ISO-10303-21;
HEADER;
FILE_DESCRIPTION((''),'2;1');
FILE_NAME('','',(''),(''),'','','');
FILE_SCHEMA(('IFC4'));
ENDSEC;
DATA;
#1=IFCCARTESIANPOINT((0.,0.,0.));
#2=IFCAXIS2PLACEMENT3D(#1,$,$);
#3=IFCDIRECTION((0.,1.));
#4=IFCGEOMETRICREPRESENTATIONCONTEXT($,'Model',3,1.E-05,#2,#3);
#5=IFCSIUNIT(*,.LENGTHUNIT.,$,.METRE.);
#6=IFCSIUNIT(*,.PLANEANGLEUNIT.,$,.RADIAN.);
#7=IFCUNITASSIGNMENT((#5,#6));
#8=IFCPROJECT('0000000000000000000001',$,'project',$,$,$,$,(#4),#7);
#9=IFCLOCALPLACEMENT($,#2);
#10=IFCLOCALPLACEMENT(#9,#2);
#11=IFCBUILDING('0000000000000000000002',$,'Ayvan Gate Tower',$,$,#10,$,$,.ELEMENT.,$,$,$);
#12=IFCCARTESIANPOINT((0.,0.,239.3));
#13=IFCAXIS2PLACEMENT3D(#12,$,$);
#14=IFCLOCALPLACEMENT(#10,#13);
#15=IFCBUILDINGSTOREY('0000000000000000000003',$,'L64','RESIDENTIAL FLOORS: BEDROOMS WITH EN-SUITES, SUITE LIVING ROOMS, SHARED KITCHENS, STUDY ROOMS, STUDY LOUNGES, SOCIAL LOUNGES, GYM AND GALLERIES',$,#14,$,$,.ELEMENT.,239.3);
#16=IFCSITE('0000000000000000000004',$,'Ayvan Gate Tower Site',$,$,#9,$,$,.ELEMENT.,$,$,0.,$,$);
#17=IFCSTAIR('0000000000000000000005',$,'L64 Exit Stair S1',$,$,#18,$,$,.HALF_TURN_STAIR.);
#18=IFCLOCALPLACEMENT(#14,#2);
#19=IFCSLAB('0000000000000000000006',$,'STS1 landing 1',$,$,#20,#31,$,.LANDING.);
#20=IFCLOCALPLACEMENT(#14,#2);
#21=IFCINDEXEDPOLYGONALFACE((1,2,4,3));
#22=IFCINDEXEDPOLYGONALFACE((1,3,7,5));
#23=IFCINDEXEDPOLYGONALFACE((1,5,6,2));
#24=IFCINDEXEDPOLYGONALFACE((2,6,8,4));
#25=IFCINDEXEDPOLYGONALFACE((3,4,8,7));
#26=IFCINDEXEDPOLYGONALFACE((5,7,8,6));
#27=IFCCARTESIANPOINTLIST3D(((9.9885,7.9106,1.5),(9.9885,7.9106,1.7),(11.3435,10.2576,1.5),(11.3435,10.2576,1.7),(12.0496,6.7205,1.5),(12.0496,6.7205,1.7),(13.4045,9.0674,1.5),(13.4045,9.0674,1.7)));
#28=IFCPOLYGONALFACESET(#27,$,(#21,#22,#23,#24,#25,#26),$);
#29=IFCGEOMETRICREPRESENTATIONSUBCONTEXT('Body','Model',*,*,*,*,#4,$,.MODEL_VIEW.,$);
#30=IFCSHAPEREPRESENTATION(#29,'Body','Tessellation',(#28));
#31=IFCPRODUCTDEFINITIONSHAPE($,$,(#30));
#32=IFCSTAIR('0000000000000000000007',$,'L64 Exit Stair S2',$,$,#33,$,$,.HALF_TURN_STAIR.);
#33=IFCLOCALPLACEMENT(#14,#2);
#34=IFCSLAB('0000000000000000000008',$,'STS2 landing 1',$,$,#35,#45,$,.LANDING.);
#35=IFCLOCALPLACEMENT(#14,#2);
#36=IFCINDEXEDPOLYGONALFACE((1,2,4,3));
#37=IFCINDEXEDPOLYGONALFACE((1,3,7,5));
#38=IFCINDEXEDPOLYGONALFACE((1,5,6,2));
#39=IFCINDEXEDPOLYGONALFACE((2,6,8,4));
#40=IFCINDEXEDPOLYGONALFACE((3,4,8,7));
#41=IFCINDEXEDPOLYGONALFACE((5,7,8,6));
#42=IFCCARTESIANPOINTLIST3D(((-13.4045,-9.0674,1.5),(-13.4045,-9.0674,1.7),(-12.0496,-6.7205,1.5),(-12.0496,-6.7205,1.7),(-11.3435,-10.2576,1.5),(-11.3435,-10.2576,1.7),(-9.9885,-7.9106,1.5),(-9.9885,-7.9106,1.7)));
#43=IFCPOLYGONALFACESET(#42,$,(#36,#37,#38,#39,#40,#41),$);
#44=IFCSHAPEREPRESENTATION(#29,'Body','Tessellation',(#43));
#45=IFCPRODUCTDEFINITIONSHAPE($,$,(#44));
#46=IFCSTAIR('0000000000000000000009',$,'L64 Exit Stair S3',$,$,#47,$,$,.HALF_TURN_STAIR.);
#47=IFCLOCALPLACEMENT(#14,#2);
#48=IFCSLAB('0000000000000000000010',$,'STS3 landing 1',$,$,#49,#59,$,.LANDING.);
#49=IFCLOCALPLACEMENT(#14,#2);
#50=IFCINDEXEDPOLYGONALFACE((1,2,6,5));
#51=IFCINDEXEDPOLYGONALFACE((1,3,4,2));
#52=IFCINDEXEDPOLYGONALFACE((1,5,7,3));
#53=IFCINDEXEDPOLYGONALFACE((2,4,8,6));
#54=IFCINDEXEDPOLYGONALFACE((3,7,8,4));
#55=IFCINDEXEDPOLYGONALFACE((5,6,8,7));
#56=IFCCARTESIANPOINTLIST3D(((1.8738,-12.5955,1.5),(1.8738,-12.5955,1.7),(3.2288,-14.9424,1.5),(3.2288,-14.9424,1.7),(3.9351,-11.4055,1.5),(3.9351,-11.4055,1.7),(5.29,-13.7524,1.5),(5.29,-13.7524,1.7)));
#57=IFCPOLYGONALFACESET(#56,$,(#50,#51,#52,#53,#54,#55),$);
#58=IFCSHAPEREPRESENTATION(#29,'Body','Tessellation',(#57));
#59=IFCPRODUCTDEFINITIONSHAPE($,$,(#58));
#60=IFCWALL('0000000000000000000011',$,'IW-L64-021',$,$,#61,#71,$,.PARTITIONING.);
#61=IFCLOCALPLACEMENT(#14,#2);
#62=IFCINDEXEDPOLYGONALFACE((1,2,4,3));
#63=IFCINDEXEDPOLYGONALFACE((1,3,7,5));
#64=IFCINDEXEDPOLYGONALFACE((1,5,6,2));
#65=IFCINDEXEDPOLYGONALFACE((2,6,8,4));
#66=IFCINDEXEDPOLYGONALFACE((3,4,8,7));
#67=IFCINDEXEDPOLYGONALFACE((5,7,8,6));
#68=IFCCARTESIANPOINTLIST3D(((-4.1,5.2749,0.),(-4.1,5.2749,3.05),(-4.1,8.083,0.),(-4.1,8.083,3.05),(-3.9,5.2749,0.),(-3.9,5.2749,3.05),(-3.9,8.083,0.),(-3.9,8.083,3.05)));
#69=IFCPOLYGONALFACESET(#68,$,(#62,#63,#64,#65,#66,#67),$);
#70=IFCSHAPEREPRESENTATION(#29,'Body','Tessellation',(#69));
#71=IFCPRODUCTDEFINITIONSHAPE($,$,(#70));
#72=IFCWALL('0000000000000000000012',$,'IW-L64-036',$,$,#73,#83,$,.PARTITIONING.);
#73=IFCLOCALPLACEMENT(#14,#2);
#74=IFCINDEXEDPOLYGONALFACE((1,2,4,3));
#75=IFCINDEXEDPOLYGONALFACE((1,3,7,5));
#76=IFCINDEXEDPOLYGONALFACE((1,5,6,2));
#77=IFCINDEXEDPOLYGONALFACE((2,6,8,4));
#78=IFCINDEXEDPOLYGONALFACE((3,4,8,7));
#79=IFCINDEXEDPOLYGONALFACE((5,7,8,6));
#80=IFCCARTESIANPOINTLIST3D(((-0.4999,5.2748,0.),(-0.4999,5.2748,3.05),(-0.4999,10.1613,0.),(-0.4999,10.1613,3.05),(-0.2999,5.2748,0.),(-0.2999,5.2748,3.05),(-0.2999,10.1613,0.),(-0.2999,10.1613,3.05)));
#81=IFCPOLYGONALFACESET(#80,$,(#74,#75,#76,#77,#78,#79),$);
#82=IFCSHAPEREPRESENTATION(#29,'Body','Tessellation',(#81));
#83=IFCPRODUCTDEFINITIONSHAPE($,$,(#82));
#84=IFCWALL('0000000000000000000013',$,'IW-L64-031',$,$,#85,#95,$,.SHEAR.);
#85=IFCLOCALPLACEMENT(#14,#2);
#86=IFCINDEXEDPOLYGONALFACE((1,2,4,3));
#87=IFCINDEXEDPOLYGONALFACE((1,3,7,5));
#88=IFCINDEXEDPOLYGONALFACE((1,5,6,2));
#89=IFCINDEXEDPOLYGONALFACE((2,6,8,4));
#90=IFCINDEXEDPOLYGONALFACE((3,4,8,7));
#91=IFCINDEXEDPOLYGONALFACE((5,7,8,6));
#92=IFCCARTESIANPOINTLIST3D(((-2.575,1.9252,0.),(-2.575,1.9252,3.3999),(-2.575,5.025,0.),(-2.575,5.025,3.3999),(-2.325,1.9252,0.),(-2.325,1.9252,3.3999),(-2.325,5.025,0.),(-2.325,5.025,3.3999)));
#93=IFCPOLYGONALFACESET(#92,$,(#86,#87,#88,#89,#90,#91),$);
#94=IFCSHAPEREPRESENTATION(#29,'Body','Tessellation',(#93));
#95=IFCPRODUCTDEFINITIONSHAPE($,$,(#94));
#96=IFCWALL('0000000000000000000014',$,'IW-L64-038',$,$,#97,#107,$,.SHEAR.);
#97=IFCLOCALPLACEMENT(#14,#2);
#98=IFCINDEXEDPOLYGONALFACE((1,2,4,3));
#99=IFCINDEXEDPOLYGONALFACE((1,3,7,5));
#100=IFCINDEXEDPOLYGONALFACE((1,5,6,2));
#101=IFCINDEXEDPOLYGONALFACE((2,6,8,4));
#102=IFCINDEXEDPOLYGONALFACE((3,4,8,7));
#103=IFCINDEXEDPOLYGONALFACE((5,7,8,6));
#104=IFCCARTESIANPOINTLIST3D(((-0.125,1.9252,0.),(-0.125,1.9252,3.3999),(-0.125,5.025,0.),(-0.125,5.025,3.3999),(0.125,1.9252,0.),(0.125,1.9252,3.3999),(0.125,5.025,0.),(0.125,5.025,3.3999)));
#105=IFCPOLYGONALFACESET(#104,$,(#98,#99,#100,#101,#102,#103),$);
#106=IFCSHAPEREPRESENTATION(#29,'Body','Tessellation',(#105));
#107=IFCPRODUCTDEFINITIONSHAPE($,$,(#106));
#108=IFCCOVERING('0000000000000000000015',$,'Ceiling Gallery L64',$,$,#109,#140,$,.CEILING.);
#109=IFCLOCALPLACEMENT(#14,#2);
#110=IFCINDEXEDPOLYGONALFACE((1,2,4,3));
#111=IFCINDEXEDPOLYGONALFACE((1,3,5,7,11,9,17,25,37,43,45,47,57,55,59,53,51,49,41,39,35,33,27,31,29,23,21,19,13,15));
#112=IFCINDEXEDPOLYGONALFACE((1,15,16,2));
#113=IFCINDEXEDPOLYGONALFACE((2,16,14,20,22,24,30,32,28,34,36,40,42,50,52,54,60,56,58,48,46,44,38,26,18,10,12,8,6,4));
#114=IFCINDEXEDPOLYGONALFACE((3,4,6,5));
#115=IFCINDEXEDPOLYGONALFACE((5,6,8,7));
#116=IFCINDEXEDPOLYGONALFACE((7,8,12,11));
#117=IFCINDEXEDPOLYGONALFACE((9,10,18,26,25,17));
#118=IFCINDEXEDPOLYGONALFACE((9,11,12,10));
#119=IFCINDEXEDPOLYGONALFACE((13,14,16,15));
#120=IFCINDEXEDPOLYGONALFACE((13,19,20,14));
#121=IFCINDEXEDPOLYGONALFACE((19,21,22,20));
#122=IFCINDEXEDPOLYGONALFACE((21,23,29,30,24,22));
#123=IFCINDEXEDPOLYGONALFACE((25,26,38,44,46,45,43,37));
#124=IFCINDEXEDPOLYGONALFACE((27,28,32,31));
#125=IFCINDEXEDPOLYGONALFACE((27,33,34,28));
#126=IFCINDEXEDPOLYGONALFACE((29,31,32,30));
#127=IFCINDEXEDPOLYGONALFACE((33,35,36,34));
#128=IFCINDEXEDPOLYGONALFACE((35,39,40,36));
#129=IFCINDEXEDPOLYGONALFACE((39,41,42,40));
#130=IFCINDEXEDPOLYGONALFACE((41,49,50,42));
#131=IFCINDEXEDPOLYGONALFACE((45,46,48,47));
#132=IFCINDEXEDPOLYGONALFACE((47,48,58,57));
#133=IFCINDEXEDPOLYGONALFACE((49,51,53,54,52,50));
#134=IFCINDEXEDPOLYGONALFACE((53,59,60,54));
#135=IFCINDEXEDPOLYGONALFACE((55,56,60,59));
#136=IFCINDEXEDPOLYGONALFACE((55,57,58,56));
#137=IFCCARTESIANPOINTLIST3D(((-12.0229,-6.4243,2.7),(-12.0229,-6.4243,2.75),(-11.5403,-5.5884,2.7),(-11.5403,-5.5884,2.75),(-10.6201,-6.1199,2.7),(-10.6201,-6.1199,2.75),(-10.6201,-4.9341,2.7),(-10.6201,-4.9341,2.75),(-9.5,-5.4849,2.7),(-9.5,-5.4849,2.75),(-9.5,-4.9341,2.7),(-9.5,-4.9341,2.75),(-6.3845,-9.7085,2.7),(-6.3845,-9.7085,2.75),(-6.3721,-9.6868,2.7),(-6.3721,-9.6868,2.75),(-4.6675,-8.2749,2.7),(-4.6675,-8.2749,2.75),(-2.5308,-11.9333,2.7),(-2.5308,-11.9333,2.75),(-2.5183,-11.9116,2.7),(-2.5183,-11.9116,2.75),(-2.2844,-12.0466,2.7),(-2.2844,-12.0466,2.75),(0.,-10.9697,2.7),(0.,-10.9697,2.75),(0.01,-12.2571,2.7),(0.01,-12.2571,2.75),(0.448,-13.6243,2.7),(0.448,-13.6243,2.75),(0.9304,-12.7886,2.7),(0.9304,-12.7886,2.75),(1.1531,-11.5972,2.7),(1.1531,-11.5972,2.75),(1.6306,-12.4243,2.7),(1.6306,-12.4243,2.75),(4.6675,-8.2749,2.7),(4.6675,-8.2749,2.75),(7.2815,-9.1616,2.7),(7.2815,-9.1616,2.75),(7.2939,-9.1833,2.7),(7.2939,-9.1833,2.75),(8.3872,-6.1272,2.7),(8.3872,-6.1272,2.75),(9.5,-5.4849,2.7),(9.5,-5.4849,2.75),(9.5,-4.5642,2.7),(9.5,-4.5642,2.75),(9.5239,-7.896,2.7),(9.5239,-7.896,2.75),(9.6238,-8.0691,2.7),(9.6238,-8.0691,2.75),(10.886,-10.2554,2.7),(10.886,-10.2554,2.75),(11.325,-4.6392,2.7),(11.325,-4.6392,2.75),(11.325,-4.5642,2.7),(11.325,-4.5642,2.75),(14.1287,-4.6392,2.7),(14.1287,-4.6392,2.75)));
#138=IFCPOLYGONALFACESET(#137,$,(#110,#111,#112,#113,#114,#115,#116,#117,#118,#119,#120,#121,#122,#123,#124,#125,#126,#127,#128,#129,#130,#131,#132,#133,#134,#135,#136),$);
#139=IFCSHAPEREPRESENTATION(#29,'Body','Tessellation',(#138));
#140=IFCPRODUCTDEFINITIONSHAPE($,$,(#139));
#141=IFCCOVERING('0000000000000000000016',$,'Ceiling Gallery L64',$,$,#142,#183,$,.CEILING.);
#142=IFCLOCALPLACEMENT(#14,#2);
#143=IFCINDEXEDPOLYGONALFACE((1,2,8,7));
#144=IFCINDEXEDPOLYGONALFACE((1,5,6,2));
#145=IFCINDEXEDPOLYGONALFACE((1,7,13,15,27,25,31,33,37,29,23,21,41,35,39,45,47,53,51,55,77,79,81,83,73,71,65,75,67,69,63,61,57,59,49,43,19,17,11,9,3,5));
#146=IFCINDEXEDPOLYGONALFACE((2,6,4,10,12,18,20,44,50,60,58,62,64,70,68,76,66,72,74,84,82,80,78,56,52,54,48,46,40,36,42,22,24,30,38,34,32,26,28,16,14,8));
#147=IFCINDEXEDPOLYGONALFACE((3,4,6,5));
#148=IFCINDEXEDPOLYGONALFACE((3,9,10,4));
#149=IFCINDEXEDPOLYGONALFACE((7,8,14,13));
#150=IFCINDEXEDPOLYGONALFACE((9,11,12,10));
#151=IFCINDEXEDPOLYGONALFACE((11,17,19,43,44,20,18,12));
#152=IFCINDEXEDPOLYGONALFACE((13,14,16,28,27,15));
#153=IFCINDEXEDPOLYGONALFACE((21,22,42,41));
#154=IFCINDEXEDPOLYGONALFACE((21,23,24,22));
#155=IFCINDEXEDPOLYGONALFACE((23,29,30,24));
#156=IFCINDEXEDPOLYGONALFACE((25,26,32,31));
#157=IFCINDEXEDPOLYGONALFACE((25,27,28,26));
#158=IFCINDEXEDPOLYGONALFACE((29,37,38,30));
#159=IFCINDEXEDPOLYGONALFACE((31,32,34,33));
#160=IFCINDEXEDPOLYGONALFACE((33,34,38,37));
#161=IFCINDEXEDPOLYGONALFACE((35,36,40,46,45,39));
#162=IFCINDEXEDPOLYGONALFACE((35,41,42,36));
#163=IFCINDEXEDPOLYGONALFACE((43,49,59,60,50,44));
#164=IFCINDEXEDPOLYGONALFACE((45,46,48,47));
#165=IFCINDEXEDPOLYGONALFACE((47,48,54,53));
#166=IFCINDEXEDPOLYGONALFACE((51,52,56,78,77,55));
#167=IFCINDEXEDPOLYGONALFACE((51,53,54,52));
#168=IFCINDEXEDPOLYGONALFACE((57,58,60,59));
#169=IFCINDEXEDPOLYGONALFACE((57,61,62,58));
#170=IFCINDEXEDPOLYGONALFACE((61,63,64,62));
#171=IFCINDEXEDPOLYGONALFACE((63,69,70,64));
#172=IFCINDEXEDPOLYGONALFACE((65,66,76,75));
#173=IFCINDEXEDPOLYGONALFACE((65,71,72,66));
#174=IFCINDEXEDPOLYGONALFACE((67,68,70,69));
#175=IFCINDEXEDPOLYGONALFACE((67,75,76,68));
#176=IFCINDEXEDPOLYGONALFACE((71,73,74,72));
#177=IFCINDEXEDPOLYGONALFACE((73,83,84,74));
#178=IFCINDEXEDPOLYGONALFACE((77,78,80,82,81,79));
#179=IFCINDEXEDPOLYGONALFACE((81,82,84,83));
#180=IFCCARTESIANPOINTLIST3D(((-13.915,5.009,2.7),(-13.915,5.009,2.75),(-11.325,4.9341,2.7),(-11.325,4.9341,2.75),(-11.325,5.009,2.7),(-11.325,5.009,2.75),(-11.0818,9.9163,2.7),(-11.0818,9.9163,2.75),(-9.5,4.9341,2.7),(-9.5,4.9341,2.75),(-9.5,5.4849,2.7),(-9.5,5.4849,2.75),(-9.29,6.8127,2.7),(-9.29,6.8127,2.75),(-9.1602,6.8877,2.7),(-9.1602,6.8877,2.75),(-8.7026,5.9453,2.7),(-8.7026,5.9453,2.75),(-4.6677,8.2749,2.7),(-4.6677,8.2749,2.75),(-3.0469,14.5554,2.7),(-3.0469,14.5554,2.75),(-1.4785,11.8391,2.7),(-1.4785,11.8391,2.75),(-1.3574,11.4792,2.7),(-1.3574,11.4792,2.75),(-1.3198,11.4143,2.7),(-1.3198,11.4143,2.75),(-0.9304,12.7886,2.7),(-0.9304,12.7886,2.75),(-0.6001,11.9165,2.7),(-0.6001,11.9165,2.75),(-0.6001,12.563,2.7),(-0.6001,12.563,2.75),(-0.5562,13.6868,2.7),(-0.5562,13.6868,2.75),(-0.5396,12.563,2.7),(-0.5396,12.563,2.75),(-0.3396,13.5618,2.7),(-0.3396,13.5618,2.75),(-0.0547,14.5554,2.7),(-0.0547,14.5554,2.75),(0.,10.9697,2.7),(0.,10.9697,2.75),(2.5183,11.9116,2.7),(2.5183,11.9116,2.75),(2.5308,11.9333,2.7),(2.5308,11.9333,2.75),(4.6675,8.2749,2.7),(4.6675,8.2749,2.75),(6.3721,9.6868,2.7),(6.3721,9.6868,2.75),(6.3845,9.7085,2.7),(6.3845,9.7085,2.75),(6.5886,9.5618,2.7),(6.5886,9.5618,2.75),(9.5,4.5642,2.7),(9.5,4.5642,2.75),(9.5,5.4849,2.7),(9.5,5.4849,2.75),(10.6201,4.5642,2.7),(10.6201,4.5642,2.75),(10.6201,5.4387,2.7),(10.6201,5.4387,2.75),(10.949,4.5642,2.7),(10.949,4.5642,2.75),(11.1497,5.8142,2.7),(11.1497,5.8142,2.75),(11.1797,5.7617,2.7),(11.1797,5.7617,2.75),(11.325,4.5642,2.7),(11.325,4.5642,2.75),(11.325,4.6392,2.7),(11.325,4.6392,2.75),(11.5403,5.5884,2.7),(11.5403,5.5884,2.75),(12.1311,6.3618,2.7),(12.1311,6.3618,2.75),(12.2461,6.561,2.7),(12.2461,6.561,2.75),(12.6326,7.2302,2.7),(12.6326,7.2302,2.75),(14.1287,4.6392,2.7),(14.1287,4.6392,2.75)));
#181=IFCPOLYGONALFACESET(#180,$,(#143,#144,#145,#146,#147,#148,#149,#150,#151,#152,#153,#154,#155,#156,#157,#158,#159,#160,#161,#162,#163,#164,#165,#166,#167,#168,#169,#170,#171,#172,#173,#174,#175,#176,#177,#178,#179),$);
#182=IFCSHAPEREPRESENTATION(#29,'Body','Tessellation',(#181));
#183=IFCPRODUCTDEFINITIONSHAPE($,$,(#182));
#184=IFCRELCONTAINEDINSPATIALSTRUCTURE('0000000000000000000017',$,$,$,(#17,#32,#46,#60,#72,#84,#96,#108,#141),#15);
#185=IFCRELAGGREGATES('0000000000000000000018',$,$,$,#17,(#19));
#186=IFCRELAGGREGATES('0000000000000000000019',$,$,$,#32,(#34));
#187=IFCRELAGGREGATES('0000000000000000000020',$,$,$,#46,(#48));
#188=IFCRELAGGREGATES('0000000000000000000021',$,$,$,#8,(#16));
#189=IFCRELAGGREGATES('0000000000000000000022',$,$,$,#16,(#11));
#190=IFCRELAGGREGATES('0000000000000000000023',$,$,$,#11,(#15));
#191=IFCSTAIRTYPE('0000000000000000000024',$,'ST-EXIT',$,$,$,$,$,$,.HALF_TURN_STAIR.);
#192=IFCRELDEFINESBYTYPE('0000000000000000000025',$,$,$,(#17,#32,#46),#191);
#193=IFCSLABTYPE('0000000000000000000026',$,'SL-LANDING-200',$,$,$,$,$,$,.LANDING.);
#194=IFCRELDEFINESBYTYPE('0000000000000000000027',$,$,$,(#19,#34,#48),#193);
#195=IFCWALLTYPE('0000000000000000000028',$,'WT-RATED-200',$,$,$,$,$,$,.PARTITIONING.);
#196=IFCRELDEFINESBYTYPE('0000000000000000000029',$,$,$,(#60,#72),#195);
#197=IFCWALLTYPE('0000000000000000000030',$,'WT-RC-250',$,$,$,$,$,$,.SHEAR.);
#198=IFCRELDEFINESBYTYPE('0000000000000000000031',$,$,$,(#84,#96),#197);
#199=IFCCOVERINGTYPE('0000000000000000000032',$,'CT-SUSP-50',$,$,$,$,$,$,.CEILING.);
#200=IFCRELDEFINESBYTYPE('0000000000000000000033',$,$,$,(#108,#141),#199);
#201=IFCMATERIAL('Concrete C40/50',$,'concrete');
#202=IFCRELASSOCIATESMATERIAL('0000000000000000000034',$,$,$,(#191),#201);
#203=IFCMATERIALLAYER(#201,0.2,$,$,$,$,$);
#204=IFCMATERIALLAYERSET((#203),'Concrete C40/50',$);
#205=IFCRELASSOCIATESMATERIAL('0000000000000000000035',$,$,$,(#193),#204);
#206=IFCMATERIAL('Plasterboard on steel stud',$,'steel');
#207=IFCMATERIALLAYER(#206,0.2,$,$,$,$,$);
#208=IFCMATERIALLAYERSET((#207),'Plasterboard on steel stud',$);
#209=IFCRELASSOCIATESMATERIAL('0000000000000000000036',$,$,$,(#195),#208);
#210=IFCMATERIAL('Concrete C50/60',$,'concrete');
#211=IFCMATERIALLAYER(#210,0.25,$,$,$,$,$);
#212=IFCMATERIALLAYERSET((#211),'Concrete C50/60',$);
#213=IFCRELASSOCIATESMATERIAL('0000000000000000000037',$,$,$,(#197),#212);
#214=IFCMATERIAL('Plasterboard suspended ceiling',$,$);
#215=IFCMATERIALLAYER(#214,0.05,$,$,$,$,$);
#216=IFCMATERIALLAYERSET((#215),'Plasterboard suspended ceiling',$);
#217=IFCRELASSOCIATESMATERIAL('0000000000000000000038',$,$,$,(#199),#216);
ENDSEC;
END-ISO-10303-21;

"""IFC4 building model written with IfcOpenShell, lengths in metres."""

from ifc_helpers import new_model, si_unit, direction, frame, frame_2d, origin, place, context, subcontext, project, spatial, polyline, rectangle, outline, extrude, material, layer, layer_set, type_object, element, aggregate, save


model = new_model("IFC4")

# Units and contexts
model_context = context("Model", 3, precision=1e-05, world=origin(), true_north=direction((0.0, 1.0)))
body_context = subcontext(model_context, "Body", "Model", "MODEL_VIEW")
ifc_project = project(units=[si_unit("LENGTHUNIT", "METRE"), si_unit("PLANEANGLEUNIT", "RADIAN")], contexts=[model_context])

# Site, building, storey
site_placement = place(None, origin())
site = spatial("IfcSite", under=ifc_project, at=site_placement, Name="Ayvan Gate Tower Site", CompositionType="ELEMENT", RefElevation=0.0)
building_placement = place(site_placement, origin())
building = spatial("IfcBuilding", under=site, at=building_placement, Name="Ayvan Gate Tower", CompositionType="ELEMENT")
storey_placement = place(building_placement, frame((0.0, 0.0, 239.3)))
storey = spatial("IfcBuildingStorey", under=building, at=storey_placement, Name="L64", Description="RESIDENTIAL FLOORS: BEDROOMS WITH EN-SUITES, SUITE LIVING ROOMS, SHARED KITCHENS, STUDY ROOMS, STUDY LOUNGES, SOCIAL LOUNGES, GYM AND GALLERIES", CompositionType="ELEMENT", Elevation=239.3)

# Stairs, slabs
ifc_material_1 = material(Name="Concrete C40/50", Category="concrete")
stair_type = type_object("IfcStairType", Name="ST-EXIT", PredefinedType="HALF_TURN_STAIR", material=ifc_material_1)
stair_1_placement = place(storey_placement, origin())
stair_1 = element("IfcStair", 1, at=stair_1_placement, inside=storey, type_object=stair_type, Name="L64 Exit Stair S1", PredefinedType="HALF_TURN_STAIR")
ifc_layer_1 = layer(ifc_material_1, 0.2)
ifc_layer_set_1 = layer_set([ifc_layer_1], Name="Concrete C40/50")
slab_type = type_object("IfcSlabType", Name="SL-LANDING-200", PredefinedType="LANDING", material=ifc_layer_set_1)
slab_1_placement = place(storey_placement, frame((0.0, 0.0, 1.5)))
slab_1 = element("IfcSlab", 2, at=slab_1_placement, type_object=slab_type, Name="STS1 landing 1", PredefinedType="LANDING", context=body_context, shape_type="SweptSolid", body=[
    extrude(outline(polyline([(9.9885, 7.9106), (12.0496, 6.7205), (13.4045, 9.0674), (11.3435, 10.2576), (9.9885, 7.9106)])), origin(), (0.0, 0.0, 1.0), 0.2),
])
aggregate(stair_1, [slab_1])
stair_2_placement = place(storey_placement, origin())
stair_2 = element("IfcStair", 3, at=stair_2_placement, inside=storey, type_object=stair_type, Name="L64 Exit Stair S2", PredefinedType="HALF_TURN_STAIR")
slab_2_placement = place(storey_placement, frame((0.0, 0.0, 1.5)))
slab_2 = element("IfcSlab", 4, at=slab_2_placement, type_object=slab_type, Name="STS2 landing 1", PredefinedType="LANDING", context=body_context, shape_type="SweptSolid", body=[
    extrude(outline(polyline([(-9.9885, -7.9106), (-12.0496, -6.7205), (-13.4045, -9.0674), (-11.3435, -10.2576), (-9.9885, -7.9106)])), origin(), (0.0, 0.0, 1.0), 0.2),
])
aggregate(stair_2, [slab_2])
stair_3_placement = place(storey_placement, origin())
stair_3 = element("IfcStair", 5, at=stair_3_placement, inside=storey, type_object=stair_type, Name="L64 Exit Stair S3", PredefinedType="HALF_TURN_STAIR")
slab_3_placement = place(storey_placement, frame((0.0, 0.0, 1.5)))
slab_3 = element("IfcSlab", 6, at=slab_3_placement, type_object=slab_type, Name="STS3 landing 1", PredefinedType="LANDING", context=body_context, shape_type="SweptSolid", body=[
    extrude(outline(polyline([(3.9351, -11.4055), (1.8738, -12.5955), (3.2288, -14.9424), (5.29, -13.7524), (3.9351, -11.4055)])), origin(), (0.0, 0.0, 1.0), 0.2),
])
aggregate(stair_3, [slab_3])

# Walls
ifc_material_2 = material(Name="Plasterboard on steel stud", Category="steel")
ifc_layer_2 = layer(ifc_material_2, 0.2)
ifc_layer_set_2 = layer_set([ifc_layer_2], Name="Plasterboard on steel stud")
wall_type_1 = type_object("IfcWallType", Name="WT-RATED-200", PredefinedType="PARTITIONING", material=ifc_layer_set_2)
wall_1_placement = place(storey_placement, frame((-4.0, 8.083, 0.0), z_axis=(0.0, 0.0, 1.0), x_axis=(0.0, -1.0, 0.0)))
element("IfcWall", 7, at=wall_1_placement, inside=storey, type_object=wall_type_1, Name="IW-L64-021", PredefinedType="PARTITIONING", context=body_context, shape_type="SweptSolid", body=[
    extrude(rectangle(XDim=2.8081, YDim=0.2, at=frame_2d((1.4041, 0.0))), origin(), (0.0, 0.0, 1.0), 3.05),
])
wall_2_placement = place(storey_placement, frame((-0.3999, 10.1614, 0.0), z_axis=(0.0, 0.0, 1.0), x_axis=(0.0, -1.0, 0.0)))
element("IfcWall", 8, at=wall_2_placement, inside=storey, type_object=wall_type_1, Name="IW-L64-036", PredefinedType="PARTITIONING", context=body_context, shape_type="SweptSolid", body=[
    extrude(rectangle(XDim=4.8865, YDim=0.2, at=frame_2d((2.4434, 0.0))), origin(), (0.0, 0.0, 1.0), 3.05),
])
ifc_material_3 = material(Name="Concrete C50/60", Category="concrete")
ifc_layer_3 = layer(ifc_material_3, 0.25)
ifc_layer_set_3 = layer_set([ifc_layer_3], Name="Concrete C50/60")
wall_type_2 = type_object("IfcWallType", Name="WT-RC-250", PredefinedType="SHEAR", material=ifc_layer_set_3)
for number, where, z_axis, x_axis, name in (
    (9, (-2.45, 5.0249, 0.0), (0.0, 0.0, 1.0), (0.0, -1.0, 0.0), "IW-L64-031"),
    (10, (0.0, 5.0249, 0.0), (0.0, 0.0, 1.0), (0.0, -1.0, 0.0), "IW-L64-038"),
):
    element("IfcWall", number, at=place(storey_placement, frame(where, z_axis=z_axis, x_axis=x_axis)), inside=storey, type_object=wall_type_2, Name=name, PredefinedType="SHEAR", context=body_context, shape_type="SweptSolid", body=[
        extrude(rectangle(XDim=3.0999, YDim=0.25, at=frame_2d((1.5498, 0.0))), origin(), (0.0, 0.0, 1.0), 3.3999),
    ])

# Coverings
ifc_material_4 = material(Name="Plasterboard suspended ceiling")
ifc_layer_4 = layer(ifc_material_4, 0.05)
ifc_layer_set_4 = layer_set([ifc_layer_4], Name="Plasterboard suspended ceiling")
covering_type = type_object("IfcCoveringType", Name="CT-SUSP-50", PredefinedType="CEILING", material=ifc_layer_set_4)
covering_1_placement = place(storey_placement, frame((0.0, 0.0, 2.7)))
element("IfcCovering", 11, at=covering_1_placement, inside=storey, type_object=covering_type, Name="Ceiling Gallery L64", PredefinedType="CEILING", context=body_context, shape_type="SweptSolid", body=[
    extrude(outline(polyline([(-4.6675, -8.2749), (0.0, -10.9697), (4.6675, -8.2749), (8.3872, -6.1272), (9.5, -5.4849), (9.5, -4.5642), (11.325, -4.5642), (11.325, -4.6392), (14.1287, -4.6392), (10.886, -10.2554), (9.6238, -8.0691), (9.5239, -7.896), (7.2939, -9.1833), (7.2815, -9.1616), (1.6306, -12.4243), (1.1531, -11.5972), (0.01, -12.2571), (0.9304, -12.7886), (0.448, -13.6243), (-2.2844, -12.0466), (-2.5183, -11.9116), (-2.5308, -11.9333), (-6.3845, -9.7085), (-6.3721, -9.6868), (-12.0229, -6.4243), (-11.5403, -5.5884), (-10.6201, -6.1199), (-10.6201, -4.9341), (-9.5, -4.9341), (-9.5, -5.4849), (-4.6675, -8.2749)])), origin(), (0.0, 0.0, 1.0), 0.05),
])
covering_2_placement = place(storey_placement, frame((0.0, 0.0, 2.7)))
element("IfcCovering", 12, at=covering_2_placement, inside=storey, type_object=covering_type, Name="Ceiling Gallery L64", PredefinedType="CEILING", context=body_context, shape_type="SweptSolid", body=[
    extrude(outline(polyline([(-9.1602, 6.8877), (-9.1602, 6.8877), (-1.3198, 11.4143), (-1.3574, 11.4792), (-0.6001, 11.9165), (-0.6001, 12.563), (-0.5396, 12.563), (-0.9304, 12.7886), (-1.4785, 11.8391), (-3.0469, 14.5554), (-0.0547, 14.5554), (-0.5562, 13.6868), (-0.3396, 13.5618), (2.5183, 11.9116), (2.5308, 11.9333), (6.3845, 9.7085), (6.3721, 9.6868), (6.5886, 9.5618), (12.1311, 6.3618), (12.2461, 6.561), (12.6326, 7.2302), (14.1287, 4.6392), (11.325, 4.6392), (11.325, 4.5642), (10.949, 4.5642), (11.5403, 5.5884), (11.1497, 5.8142), (11.1797, 5.7617), (10.6201, 5.4387), (10.6201, 4.5642), (9.5, 4.5642), (9.5, 5.4849), (4.6675, 8.2749), (0.0, 10.9697), (-4.6677, 8.2749), (-8.7026, 5.9453), (-9.5, 5.4849), (-9.5, 4.9341), (-11.325, 4.9341), (-11.325, 5.009), (-13.915, 5.009), (-11.0818, 9.9163), (-9.29, 6.8127), (-9.1602, 6.8877)])), origin(), (0.0, 0.0, 1.0), 0.05),
])

save(model, "model.ifc")
